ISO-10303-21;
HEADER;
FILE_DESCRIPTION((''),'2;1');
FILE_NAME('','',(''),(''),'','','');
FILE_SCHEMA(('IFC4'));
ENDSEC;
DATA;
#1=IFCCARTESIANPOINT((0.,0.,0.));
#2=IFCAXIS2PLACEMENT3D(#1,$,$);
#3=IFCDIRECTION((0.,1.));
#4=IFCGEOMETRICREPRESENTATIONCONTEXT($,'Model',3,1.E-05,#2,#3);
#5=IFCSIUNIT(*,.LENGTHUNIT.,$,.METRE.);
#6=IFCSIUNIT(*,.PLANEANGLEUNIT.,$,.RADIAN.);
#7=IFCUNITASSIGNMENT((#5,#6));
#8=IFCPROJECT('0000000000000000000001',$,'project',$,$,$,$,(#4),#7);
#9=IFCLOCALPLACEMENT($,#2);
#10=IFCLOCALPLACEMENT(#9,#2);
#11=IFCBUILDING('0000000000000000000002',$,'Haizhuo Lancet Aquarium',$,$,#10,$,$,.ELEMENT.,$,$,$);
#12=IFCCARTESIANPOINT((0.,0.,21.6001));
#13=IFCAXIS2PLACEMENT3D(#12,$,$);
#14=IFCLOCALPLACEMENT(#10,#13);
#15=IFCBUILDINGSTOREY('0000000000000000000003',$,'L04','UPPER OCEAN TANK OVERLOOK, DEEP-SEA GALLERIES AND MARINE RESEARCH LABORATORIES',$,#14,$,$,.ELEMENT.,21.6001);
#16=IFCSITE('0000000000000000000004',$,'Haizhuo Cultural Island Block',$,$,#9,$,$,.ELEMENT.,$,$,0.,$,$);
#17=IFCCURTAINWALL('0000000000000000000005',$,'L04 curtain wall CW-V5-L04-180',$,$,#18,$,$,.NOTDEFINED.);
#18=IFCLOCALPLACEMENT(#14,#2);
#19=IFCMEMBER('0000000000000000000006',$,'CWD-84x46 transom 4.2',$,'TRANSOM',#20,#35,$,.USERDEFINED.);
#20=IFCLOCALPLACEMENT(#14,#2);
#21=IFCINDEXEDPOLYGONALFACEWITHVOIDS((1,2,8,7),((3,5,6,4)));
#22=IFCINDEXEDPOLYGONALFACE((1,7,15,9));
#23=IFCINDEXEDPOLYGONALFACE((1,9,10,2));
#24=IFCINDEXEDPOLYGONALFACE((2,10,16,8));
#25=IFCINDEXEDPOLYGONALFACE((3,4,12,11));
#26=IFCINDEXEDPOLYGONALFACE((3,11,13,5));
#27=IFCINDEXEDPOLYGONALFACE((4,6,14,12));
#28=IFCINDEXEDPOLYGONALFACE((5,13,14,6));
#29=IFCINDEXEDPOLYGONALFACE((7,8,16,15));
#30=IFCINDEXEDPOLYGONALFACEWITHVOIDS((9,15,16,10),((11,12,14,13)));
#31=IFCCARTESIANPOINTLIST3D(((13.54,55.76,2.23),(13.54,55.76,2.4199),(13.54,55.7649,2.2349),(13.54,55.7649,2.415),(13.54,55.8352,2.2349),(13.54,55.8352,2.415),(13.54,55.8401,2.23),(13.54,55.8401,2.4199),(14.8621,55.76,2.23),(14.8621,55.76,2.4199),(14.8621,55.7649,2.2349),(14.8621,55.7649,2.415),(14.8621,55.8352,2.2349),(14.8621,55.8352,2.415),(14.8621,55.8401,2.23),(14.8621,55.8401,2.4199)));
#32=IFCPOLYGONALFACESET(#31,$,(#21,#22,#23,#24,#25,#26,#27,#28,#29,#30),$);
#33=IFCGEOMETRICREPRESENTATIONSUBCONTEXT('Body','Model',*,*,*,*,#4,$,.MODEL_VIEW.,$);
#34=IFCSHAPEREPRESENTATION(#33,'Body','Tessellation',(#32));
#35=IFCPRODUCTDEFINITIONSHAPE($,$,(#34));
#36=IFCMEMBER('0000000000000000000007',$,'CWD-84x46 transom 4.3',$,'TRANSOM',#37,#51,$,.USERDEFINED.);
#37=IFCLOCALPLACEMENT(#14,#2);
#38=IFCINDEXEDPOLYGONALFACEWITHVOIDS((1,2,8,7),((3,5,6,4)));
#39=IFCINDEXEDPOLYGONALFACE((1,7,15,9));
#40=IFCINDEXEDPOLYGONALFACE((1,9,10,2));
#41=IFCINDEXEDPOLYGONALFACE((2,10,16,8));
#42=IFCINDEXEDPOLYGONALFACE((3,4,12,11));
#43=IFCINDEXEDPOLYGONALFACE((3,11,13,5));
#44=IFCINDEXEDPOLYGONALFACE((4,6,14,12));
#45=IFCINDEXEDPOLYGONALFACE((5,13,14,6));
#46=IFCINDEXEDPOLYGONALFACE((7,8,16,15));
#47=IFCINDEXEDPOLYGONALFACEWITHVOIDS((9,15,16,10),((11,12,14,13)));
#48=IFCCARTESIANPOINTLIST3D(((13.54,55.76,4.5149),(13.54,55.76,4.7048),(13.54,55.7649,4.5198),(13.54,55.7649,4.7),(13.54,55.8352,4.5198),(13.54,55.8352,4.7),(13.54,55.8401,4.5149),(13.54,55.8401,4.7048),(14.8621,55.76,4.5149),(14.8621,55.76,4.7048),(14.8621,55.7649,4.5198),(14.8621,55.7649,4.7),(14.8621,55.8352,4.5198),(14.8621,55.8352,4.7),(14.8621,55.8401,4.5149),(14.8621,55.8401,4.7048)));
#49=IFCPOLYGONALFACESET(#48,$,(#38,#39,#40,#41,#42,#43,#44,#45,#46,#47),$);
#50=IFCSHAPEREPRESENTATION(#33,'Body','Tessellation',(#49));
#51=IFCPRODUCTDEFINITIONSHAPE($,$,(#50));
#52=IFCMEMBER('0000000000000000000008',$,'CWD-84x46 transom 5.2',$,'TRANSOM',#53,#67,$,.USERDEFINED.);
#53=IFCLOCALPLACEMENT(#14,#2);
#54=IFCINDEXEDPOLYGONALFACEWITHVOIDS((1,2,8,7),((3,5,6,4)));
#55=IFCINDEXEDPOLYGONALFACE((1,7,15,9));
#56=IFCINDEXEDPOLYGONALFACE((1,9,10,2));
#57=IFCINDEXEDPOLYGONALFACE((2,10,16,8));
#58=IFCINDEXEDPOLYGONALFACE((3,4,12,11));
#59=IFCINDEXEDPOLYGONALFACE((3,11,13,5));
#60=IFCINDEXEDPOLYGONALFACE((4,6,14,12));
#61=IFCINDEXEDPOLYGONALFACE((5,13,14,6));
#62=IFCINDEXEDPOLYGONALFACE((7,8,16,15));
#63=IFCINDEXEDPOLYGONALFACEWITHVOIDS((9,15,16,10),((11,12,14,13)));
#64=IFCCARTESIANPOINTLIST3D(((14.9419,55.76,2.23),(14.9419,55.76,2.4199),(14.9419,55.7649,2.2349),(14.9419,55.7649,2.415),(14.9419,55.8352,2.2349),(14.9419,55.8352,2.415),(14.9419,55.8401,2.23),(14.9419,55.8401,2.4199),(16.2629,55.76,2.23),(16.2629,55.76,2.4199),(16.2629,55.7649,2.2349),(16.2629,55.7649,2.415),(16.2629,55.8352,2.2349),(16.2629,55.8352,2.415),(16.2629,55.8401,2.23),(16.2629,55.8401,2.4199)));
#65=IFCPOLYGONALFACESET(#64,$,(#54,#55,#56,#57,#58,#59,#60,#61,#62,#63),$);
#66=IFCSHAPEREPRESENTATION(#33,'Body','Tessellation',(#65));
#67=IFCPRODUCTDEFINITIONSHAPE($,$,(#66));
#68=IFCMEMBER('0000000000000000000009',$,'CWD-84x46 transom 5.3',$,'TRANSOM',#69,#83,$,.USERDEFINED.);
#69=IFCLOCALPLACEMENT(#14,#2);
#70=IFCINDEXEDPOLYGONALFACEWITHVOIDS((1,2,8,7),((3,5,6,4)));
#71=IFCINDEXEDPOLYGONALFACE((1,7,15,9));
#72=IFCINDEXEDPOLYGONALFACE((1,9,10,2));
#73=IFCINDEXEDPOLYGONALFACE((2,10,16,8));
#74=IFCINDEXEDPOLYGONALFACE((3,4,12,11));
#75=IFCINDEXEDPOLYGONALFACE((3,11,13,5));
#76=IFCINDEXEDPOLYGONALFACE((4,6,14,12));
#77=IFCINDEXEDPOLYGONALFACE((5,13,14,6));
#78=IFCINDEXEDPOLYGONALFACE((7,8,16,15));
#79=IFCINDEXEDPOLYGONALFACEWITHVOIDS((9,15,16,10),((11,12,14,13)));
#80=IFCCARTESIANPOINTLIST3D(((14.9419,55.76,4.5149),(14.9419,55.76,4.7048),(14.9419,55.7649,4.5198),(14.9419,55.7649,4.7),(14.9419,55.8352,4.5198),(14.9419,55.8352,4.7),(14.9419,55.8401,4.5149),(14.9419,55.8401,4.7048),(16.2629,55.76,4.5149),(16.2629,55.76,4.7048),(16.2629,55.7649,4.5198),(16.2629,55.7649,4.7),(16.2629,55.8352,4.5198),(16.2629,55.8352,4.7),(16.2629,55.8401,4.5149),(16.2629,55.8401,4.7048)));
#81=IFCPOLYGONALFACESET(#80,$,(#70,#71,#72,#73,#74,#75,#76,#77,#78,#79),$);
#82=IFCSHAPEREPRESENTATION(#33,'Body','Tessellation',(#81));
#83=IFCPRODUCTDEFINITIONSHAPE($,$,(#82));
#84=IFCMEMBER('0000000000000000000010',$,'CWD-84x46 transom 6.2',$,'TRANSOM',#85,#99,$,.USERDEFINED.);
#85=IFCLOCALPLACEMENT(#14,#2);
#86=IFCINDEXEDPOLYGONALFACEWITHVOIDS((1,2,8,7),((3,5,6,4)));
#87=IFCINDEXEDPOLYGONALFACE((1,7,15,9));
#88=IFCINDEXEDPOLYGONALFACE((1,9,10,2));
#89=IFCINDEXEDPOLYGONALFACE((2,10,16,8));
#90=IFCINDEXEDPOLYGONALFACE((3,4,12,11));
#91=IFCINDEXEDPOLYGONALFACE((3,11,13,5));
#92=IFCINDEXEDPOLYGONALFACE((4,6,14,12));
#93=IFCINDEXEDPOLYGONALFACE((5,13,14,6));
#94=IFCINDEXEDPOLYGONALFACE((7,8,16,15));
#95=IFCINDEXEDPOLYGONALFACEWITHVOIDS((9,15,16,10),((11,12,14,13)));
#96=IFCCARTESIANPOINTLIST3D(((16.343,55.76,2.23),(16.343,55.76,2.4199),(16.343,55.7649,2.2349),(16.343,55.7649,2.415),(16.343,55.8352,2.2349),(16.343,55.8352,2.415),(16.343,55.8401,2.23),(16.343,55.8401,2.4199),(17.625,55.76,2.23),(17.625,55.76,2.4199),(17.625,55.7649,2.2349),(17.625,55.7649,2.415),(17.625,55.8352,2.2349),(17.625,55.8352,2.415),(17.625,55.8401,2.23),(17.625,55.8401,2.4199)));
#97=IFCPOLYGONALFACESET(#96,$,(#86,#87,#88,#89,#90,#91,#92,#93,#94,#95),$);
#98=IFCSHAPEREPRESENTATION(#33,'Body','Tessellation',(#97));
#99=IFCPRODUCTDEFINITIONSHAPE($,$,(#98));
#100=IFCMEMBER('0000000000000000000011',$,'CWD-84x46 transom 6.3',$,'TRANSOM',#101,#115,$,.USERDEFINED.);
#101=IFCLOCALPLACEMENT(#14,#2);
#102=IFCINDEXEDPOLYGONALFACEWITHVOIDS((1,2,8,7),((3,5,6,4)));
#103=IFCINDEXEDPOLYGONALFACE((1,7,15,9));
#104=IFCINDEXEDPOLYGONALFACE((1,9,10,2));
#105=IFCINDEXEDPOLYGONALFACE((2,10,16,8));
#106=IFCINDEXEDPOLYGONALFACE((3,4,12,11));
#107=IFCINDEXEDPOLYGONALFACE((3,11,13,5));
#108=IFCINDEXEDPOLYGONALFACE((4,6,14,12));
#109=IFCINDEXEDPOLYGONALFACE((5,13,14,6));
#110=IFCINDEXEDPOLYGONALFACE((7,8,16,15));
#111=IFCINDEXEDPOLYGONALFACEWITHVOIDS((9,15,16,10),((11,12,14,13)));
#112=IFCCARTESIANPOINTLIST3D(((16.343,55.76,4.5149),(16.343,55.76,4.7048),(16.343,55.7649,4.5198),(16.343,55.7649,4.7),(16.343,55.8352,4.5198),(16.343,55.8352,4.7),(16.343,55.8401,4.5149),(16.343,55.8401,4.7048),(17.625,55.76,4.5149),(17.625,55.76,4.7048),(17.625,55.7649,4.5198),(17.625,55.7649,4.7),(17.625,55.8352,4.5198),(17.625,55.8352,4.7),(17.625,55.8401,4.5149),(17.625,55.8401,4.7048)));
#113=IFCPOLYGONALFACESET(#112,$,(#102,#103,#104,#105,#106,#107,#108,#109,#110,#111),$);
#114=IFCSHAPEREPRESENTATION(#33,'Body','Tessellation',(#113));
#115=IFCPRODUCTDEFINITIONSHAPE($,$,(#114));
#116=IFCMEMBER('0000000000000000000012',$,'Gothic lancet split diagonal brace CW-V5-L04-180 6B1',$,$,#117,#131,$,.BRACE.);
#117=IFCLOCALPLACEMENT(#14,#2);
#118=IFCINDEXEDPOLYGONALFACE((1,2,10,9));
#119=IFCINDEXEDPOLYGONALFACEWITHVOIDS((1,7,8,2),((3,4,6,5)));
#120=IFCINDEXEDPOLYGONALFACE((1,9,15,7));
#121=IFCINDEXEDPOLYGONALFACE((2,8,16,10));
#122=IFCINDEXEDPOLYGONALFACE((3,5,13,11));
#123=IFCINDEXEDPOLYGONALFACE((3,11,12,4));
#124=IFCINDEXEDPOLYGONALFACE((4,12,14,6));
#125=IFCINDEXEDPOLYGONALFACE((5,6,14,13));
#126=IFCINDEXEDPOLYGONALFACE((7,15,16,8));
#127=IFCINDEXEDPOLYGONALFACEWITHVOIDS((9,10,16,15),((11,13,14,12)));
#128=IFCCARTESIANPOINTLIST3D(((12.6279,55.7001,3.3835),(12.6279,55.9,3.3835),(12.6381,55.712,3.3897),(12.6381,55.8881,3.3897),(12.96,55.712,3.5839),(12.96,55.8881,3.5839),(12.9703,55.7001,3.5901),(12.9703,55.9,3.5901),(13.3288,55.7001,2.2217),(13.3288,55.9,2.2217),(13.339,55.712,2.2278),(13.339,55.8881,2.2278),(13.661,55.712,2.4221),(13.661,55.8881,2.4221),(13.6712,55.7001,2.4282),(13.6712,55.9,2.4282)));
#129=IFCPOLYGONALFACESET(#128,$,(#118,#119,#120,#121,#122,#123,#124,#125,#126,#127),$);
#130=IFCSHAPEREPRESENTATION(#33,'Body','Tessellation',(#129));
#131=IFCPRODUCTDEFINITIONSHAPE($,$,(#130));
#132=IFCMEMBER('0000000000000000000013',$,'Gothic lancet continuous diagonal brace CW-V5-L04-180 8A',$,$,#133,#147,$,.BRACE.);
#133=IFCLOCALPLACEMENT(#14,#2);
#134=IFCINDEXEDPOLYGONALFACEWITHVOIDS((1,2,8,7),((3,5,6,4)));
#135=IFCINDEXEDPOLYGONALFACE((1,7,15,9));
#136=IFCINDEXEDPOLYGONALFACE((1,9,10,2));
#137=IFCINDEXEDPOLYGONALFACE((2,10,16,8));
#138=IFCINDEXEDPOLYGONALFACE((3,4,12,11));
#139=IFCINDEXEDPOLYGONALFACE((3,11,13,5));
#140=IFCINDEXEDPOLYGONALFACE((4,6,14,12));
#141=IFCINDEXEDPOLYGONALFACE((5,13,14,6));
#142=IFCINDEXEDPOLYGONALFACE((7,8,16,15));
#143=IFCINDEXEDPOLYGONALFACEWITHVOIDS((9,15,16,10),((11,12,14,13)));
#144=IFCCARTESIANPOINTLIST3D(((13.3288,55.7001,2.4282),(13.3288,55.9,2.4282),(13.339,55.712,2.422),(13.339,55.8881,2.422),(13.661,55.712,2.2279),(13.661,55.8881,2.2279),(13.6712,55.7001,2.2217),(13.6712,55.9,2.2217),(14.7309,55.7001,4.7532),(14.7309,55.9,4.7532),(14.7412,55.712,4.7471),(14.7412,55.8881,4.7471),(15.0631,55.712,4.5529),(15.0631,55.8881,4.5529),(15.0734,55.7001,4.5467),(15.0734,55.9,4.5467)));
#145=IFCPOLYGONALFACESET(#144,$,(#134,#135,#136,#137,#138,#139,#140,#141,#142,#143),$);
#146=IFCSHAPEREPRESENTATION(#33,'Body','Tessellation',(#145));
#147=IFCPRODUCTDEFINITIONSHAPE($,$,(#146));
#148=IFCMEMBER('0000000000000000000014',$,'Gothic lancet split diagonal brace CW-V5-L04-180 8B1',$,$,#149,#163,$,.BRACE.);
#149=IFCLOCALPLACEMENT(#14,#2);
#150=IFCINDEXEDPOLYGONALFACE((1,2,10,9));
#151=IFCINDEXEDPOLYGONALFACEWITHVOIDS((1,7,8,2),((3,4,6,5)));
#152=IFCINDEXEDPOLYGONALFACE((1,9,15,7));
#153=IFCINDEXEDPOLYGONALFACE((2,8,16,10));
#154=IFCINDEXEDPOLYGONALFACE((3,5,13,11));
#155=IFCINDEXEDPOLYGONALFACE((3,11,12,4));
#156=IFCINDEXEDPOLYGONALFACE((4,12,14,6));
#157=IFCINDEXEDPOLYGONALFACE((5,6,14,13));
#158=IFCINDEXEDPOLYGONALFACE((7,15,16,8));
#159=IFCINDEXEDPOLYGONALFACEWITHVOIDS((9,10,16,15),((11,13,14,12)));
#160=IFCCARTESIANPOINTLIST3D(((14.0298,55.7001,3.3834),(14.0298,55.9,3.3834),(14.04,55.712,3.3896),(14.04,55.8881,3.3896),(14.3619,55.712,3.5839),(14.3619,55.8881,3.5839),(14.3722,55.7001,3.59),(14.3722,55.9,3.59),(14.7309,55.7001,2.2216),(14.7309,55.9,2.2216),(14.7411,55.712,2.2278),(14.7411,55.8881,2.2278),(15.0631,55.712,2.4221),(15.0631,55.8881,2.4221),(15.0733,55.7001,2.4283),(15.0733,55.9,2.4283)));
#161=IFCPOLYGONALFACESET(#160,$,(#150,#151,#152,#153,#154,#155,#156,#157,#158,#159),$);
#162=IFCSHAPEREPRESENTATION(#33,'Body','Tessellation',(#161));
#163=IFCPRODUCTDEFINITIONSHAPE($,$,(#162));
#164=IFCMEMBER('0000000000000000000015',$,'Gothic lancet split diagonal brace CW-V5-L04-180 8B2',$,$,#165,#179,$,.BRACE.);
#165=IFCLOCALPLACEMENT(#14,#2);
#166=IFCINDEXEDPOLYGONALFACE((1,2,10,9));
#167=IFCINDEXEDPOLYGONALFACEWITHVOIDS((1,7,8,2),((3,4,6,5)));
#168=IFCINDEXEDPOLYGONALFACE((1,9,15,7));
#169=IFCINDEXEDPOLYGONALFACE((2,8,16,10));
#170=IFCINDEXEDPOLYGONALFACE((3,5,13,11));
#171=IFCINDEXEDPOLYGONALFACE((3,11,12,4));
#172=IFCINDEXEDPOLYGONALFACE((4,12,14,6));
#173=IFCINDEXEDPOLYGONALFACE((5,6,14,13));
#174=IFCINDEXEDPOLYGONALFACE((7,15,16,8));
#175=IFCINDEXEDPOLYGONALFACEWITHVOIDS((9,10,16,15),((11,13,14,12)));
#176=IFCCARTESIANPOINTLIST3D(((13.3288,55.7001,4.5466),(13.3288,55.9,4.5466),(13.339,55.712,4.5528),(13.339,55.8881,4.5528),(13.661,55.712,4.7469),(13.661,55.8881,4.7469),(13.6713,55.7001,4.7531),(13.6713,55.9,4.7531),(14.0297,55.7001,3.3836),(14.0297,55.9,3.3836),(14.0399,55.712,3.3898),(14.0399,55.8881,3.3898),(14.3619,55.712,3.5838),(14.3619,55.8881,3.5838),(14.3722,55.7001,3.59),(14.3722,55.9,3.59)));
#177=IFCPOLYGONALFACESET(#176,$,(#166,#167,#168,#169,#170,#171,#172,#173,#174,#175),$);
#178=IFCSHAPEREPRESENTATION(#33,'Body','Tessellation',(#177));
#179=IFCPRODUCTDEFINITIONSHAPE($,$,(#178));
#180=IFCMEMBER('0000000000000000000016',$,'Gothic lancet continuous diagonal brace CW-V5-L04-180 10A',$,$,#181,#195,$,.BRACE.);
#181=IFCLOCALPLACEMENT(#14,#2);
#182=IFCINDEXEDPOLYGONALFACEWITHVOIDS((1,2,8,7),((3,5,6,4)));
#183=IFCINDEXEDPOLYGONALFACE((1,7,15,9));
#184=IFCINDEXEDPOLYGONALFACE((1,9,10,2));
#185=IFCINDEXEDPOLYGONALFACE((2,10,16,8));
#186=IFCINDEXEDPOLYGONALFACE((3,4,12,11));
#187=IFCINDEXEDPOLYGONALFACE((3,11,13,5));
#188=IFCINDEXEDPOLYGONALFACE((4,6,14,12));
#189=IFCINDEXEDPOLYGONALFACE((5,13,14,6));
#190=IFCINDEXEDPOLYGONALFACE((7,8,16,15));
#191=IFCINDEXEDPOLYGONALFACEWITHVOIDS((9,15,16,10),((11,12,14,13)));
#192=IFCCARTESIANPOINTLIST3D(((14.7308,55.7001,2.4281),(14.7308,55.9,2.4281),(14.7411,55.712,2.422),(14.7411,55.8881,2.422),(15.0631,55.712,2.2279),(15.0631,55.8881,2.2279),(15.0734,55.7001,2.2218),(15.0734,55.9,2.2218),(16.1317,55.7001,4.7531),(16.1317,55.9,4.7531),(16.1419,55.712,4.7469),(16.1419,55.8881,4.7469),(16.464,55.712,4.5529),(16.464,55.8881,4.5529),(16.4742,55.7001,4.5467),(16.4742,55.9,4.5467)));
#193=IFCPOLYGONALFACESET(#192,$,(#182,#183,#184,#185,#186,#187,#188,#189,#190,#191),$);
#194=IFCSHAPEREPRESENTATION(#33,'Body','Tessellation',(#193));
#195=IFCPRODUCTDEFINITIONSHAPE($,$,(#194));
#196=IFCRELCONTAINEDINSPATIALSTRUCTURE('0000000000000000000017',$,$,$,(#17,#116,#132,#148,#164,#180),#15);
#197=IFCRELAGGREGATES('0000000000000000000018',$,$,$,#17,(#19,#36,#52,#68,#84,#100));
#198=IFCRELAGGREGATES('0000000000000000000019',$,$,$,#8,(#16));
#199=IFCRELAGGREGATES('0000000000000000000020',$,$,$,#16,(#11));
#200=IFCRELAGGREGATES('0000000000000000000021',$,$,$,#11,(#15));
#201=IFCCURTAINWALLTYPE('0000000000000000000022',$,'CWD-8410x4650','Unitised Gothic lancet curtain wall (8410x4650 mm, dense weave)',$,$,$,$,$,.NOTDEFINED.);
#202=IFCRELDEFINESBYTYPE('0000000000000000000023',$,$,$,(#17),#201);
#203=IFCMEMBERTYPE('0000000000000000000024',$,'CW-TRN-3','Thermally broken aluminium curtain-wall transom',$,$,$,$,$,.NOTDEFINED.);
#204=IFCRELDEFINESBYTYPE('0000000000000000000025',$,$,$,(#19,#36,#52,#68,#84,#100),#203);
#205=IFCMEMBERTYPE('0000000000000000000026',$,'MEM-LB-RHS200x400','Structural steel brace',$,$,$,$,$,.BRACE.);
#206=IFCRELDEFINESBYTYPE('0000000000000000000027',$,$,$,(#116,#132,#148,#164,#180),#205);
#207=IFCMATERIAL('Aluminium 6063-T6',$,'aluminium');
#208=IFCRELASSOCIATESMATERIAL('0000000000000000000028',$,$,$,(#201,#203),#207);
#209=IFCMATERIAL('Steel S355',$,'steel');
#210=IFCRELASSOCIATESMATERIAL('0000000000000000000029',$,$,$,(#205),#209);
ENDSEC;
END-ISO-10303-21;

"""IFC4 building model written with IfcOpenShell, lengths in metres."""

from ifc_helpers import new_model, si_unit, direction, frame, origin, origin_2d, place, context, subcontext, project, spatial, hollow_rectangle, extrude, material, material_profile, profile_set, type_object, element, aggregate, save


model = new_model("IFC4")

# Units and contexts
model_context = context("Model", 3, precision=1e-05, world=origin(), true_north=direction((0.0, 1.0)))
body_context = subcontext(model_context, "Body", "Model", "MODEL_VIEW")
ifc_project = project(units=[si_unit("LENGTHUNIT", "METRE"), si_unit("PLANEANGLEUNIT", "RADIAN")], contexts=[model_context])

# Site, building, storey
site_placement = place(None, origin())
site = spatial("IfcSite", under=ifc_project, at=site_placement, Name="Haizhuo Cultural Island Block", CompositionType="ELEMENT", RefElevation=0.0)
building_placement = place(site_placement, origin())
building = spatial("IfcBuilding", under=site, at=building_placement, Name="Haizhuo Lancet Aquarium", CompositionType="ELEMENT")
storey_placement = place(building_placement, frame((0.0, 0.0, 21.6001)))
storey = spatial("IfcBuildingStorey", under=building, at=storey_placement, Name="L04", Description="UPPER OCEAN TANK OVERLOOK, DEEP-SEA GALLERIES AND MARINE RESEARCH LABORATORIES", CompositionType="ELEMENT", Elevation=21.6001)

# Curtain wall, members
ifc_material_1 = material(Name="Aluminium 6063-T6", Category="aluminium")
curtain_wall_type = type_object("IfcCurtainWallType", Name="CWD-8410x4650", Description="Unitised Gothic lancet curtain wall (8410x4650 mm, dense weave)", PredefinedType="NOTDEFINED", material=ifc_material_1)
curtain_wall_placement = place(storey_placement, origin())
curtain_wall = element("IfcCurtainWall", 1, at=curtain_wall_placement, inside=storey, type_object=curtain_wall_type, Name="L04 curtain wall CW-V5-L04-180", PredefinedType="NOTDEFINED")
ifc_material_profile_1 = material_profile(ifc_material_1, hollow_rectangle(XDim=0.0801, YDim=0.1899, WallThickness=0.0049, at=origin_2d()), Name="ALU-T 80x190x5")
ifc_profile_set_1 = profile_set([ifc_material_profile_1], Name="Aluminium 6063-T6")
member_type_1 = type_object("IfcMemberType", Name="CW-TRN-3", Description="Thermally broken aluminium curtain-wall transom", PredefinedType="NOTDEFINED", material=ifc_profile_set_1)
member_1_placement = place(storey_placement, frame((13.54, 55.8, 2.325), z_axis=(1.0, 0.0, 0.0), x_axis=(0.0, 1.0, 0.0)))
member_1 = element("IfcMember", 2, at=member_1_placement, type_object=member_type_1, Name="CWD-84x46 transom 4.2", ObjectType="TRANSOM", PredefinedType="USERDEFINED", context=body_context, shape_type="SweptSolid", body=[
    extrude(hollow_rectangle(XDim=0.0801, YDim=0.1899, WallThickness=0.0049, at=origin_2d()), origin(), (0.0, 0.0, 1.0), 1.322),
])
member_2_placement = place(storey_placement, frame((13.54, 55.8, 4.6099), z_axis=(1.0, 0.0, 0.0), x_axis=(0.0, 1.0, 0.0)))
member_2 = element("IfcMember", 3, at=member_2_placement, type_object=member_type_1, Name="CWD-84x46 transom 4.3", ObjectType="TRANSOM", PredefinedType="USERDEFINED", context=body_context, shape_type="SweptSolid", body=[
    extrude(hollow_rectangle(XDim=0.0801, YDim=0.1899, WallThickness=0.0049, at=origin_2d()), origin(), (0.0, 0.0, 1.0), 1.322),
])
member_3_placement = place(storey_placement, frame((14.9419, 55.8, 2.325), z_axis=(1.0, 0.0, 0.0), x_axis=(0.0, 1.0, 0.0)))
member_3 = element("IfcMember", 4, at=member_3_placement, type_object=member_type_1, Name="CWD-84x46 transom 5.2", ObjectType="TRANSOM", PredefinedType="USERDEFINED", context=body_context, shape_type="SweptSolid", body=[
    extrude(hollow_rectangle(XDim=0.0801, YDim=0.1899, WallThickness=0.0049, at=origin_2d()), origin(), (0.0, 0.0, 1.0), 1.321),
])
member_4_placement = place(storey_placement, frame((14.9419, 55.8, 4.6099), z_axis=(1.0, 0.0, 0.0), x_axis=(0.0, 1.0, 0.0)))
member_4 = element("IfcMember", 5, at=member_4_placement, type_object=member_type_1, Name="CWD-84x46 transom 5.3", ObjectType="TRANSOM", PredefinedType="USERDEFINED", context=body_context, shape_type="SweptSolid", body=[
    extrude(hollow_rectangle(XDim=0.0801, YDim=0.1899, WallThickness=0.0049, at=origin_2d()), origin(), (0.0, 0.0, 1.0), 1.321),
])
member_5_placement = place(storey_placement, frame((16.343, 55.8, 2.325), z_axis=(1.0, 0.0, 0.0), x_axis=(0.0, 1.0, 0.0)))
member_5 = element("IfcMember", 6, at=member_5_placement, type_object=member_type_1, Name="CWD-84x46 transom 6.2", ObjectType="TRANSOM", PredefinedType="USERDEFINED", context=body_context, shape_type="SweptSolid", body=[
    extrude(hollow_rectangle(XDim=0.0801, YDim=0.1899, WallThickness=0.0049, at=origin_2d()), origin(), (0.0, 0.0, 1.0), 1.282),
])
member_6_placement = place(storey_placement, frame((16.343, 55.8, 4.6099), z_axis=(1.0, 0.0, 0.0), x_axis=(0.0, 1.0, 0.0)))
member_6 = element("IfcMember", 7, at=member_6_placement, type_object=member_type_1, Name="CWD-84x46 transom 6.3", ObjectType="TRANSOM", PredefinedType="USERDEFINED", context=body_context, shape_type="SweptSolid", body=[
    extrude(hollow_rectangle(XDim=0.0801, YDim=0.1899, WallThickness=0.0049, at=origin_2d()), origin(), (0.0, 0.0, 1.0), 1.282),
])

# Members
ifc_material_2 = material(Name="Steel S355", Category="steel")
ifc_material_profile_2 = material_profile(ifc_material_2, hollow_rectangle(XDim=0.2, YDim=0.3999, WallThickness=0.012, at=origin_2d()), Name="RHS 200x400x12")
ifc_profile_set_2 = profile_set([ifc_material_profile_2], Name="Steel S355")
member_type_2 = type_object("IfcMemberType", Name="MEM-LB-RHS200x400", Description="Structural steel brace", PredefinedType="BRACE", material=ifc_profile_set_2)
member_7_placement = place(storey_placement, frame((13.5, 55.8, 2.325), z_axis=(-0.516558, 0.0, 0.856252), x_axis=(0.0, -1.0, 0.0)))
element("IfcMember", 8, at=member_7_placement, inside=storey, type_object=member_type_2, Name="Gothic lancet split diagonal brace CW-V5-L04-180 6B1", PredefinedType="BRACE", context=body_context, shape_type="SweptSolid", body=[
    extrude(hollow_rectangle(XDim=0.2, YDim=0.3999, WallThickness=0.012, at=origin_2d()), origin(), (0.0, 0.0, 1.0), 1.3569),
])
member_8_placement = place(storey_placement, frame((13.5, 55.8, 2.325), z_axis=(0.516425, 0.0, 0.856332), x_axis=(0.0, 1.0, 0.0)))
element("IfcMember", 9, at=member_8_placement, inside=storey, type_object=member_type_2, Name="Gothic lancet continuous diagonal brace CW-V5-L04-180 8A", PredefinedType="BRACE", context=body_context, shape_type="SweptSolid", body=[
    extrude(hollow_rectangle(XDim=0.2, YDim=0.3999, WallThickness=0.012, at=origin_2d()), origin(), (0.0, 0.0, 1.0), 2.7151),
])
member_9_placement = place(storey_placement, frame((14.9021, 55.8, 2.325), z_axis=(-0.51669, 0.0, 0.856173), x_axis=(0.0, -1.0, 0.0)))
element("IfcMember", 10, at=member_9_placement, inside=storey, type_object=member_type_2, Name="Gothic lancet split diagonal brace CW-V5-L04-180 8B1", PredefinedType="BRACE", context=body_context, shape_type="SweptSolid", body=[
    extrude(hollow_rectangle(XDim=0.2, YDim=0.3999, WallThickness=0.012, at=origin_2d()), origin(), (0.0, 0.0, 1.0), 1.3569),
])
member_10_placement = place(storey_placement, frame((14.2009, 55.8, 3.4868), z_axis=(-0.51616, 0.0, 0.856492), x_axis=(0.0, -1.0, 0.0)))
element("IfcMember", 11, at=member_10_placement, inside=storey, type_object=member_type_2, Name="Gothic lancet split diagonal brace CW-V5-L04-180 8B2", PredefinedType="BRACE", context=body_context, shape_type="SweptSolid", body=[
    extrude(hollow_rectangle(XDim=0.2, YDim=0.3999, WallThickness=0.012, at=origin_2d()), origin(), (0.0, 0.0, 1.0), 1.3579),
])
member_11_placement = place(storey_placement, frame((14.9021, 55.8, 2.325), z_axis=(0.516095, 0.0, 0.856531), x_axis=(0.0, 1.0, 0.0)))
element("IfcMember", 12, at=member_11_placement, inside=storey, type_object=member_type_2, Name="Gothic lancet continuous diagonal brace CW-V5-L04-180 10A", PredefinedType="BRACE", context=body_context, shape_type="SweptSolid", body=[
    extrude(hollow_rectangle(XDim=0.2, YDim=0.3999, WallThickness=0.012, at=origin_2d()), origin(), (0.0, 0.0, 1.0), 2.7144),
])

aggregate(curtain_wall, [member_1, member_2, member_3, member_4, member_5, member_6])

save(model, "model.ifc")
